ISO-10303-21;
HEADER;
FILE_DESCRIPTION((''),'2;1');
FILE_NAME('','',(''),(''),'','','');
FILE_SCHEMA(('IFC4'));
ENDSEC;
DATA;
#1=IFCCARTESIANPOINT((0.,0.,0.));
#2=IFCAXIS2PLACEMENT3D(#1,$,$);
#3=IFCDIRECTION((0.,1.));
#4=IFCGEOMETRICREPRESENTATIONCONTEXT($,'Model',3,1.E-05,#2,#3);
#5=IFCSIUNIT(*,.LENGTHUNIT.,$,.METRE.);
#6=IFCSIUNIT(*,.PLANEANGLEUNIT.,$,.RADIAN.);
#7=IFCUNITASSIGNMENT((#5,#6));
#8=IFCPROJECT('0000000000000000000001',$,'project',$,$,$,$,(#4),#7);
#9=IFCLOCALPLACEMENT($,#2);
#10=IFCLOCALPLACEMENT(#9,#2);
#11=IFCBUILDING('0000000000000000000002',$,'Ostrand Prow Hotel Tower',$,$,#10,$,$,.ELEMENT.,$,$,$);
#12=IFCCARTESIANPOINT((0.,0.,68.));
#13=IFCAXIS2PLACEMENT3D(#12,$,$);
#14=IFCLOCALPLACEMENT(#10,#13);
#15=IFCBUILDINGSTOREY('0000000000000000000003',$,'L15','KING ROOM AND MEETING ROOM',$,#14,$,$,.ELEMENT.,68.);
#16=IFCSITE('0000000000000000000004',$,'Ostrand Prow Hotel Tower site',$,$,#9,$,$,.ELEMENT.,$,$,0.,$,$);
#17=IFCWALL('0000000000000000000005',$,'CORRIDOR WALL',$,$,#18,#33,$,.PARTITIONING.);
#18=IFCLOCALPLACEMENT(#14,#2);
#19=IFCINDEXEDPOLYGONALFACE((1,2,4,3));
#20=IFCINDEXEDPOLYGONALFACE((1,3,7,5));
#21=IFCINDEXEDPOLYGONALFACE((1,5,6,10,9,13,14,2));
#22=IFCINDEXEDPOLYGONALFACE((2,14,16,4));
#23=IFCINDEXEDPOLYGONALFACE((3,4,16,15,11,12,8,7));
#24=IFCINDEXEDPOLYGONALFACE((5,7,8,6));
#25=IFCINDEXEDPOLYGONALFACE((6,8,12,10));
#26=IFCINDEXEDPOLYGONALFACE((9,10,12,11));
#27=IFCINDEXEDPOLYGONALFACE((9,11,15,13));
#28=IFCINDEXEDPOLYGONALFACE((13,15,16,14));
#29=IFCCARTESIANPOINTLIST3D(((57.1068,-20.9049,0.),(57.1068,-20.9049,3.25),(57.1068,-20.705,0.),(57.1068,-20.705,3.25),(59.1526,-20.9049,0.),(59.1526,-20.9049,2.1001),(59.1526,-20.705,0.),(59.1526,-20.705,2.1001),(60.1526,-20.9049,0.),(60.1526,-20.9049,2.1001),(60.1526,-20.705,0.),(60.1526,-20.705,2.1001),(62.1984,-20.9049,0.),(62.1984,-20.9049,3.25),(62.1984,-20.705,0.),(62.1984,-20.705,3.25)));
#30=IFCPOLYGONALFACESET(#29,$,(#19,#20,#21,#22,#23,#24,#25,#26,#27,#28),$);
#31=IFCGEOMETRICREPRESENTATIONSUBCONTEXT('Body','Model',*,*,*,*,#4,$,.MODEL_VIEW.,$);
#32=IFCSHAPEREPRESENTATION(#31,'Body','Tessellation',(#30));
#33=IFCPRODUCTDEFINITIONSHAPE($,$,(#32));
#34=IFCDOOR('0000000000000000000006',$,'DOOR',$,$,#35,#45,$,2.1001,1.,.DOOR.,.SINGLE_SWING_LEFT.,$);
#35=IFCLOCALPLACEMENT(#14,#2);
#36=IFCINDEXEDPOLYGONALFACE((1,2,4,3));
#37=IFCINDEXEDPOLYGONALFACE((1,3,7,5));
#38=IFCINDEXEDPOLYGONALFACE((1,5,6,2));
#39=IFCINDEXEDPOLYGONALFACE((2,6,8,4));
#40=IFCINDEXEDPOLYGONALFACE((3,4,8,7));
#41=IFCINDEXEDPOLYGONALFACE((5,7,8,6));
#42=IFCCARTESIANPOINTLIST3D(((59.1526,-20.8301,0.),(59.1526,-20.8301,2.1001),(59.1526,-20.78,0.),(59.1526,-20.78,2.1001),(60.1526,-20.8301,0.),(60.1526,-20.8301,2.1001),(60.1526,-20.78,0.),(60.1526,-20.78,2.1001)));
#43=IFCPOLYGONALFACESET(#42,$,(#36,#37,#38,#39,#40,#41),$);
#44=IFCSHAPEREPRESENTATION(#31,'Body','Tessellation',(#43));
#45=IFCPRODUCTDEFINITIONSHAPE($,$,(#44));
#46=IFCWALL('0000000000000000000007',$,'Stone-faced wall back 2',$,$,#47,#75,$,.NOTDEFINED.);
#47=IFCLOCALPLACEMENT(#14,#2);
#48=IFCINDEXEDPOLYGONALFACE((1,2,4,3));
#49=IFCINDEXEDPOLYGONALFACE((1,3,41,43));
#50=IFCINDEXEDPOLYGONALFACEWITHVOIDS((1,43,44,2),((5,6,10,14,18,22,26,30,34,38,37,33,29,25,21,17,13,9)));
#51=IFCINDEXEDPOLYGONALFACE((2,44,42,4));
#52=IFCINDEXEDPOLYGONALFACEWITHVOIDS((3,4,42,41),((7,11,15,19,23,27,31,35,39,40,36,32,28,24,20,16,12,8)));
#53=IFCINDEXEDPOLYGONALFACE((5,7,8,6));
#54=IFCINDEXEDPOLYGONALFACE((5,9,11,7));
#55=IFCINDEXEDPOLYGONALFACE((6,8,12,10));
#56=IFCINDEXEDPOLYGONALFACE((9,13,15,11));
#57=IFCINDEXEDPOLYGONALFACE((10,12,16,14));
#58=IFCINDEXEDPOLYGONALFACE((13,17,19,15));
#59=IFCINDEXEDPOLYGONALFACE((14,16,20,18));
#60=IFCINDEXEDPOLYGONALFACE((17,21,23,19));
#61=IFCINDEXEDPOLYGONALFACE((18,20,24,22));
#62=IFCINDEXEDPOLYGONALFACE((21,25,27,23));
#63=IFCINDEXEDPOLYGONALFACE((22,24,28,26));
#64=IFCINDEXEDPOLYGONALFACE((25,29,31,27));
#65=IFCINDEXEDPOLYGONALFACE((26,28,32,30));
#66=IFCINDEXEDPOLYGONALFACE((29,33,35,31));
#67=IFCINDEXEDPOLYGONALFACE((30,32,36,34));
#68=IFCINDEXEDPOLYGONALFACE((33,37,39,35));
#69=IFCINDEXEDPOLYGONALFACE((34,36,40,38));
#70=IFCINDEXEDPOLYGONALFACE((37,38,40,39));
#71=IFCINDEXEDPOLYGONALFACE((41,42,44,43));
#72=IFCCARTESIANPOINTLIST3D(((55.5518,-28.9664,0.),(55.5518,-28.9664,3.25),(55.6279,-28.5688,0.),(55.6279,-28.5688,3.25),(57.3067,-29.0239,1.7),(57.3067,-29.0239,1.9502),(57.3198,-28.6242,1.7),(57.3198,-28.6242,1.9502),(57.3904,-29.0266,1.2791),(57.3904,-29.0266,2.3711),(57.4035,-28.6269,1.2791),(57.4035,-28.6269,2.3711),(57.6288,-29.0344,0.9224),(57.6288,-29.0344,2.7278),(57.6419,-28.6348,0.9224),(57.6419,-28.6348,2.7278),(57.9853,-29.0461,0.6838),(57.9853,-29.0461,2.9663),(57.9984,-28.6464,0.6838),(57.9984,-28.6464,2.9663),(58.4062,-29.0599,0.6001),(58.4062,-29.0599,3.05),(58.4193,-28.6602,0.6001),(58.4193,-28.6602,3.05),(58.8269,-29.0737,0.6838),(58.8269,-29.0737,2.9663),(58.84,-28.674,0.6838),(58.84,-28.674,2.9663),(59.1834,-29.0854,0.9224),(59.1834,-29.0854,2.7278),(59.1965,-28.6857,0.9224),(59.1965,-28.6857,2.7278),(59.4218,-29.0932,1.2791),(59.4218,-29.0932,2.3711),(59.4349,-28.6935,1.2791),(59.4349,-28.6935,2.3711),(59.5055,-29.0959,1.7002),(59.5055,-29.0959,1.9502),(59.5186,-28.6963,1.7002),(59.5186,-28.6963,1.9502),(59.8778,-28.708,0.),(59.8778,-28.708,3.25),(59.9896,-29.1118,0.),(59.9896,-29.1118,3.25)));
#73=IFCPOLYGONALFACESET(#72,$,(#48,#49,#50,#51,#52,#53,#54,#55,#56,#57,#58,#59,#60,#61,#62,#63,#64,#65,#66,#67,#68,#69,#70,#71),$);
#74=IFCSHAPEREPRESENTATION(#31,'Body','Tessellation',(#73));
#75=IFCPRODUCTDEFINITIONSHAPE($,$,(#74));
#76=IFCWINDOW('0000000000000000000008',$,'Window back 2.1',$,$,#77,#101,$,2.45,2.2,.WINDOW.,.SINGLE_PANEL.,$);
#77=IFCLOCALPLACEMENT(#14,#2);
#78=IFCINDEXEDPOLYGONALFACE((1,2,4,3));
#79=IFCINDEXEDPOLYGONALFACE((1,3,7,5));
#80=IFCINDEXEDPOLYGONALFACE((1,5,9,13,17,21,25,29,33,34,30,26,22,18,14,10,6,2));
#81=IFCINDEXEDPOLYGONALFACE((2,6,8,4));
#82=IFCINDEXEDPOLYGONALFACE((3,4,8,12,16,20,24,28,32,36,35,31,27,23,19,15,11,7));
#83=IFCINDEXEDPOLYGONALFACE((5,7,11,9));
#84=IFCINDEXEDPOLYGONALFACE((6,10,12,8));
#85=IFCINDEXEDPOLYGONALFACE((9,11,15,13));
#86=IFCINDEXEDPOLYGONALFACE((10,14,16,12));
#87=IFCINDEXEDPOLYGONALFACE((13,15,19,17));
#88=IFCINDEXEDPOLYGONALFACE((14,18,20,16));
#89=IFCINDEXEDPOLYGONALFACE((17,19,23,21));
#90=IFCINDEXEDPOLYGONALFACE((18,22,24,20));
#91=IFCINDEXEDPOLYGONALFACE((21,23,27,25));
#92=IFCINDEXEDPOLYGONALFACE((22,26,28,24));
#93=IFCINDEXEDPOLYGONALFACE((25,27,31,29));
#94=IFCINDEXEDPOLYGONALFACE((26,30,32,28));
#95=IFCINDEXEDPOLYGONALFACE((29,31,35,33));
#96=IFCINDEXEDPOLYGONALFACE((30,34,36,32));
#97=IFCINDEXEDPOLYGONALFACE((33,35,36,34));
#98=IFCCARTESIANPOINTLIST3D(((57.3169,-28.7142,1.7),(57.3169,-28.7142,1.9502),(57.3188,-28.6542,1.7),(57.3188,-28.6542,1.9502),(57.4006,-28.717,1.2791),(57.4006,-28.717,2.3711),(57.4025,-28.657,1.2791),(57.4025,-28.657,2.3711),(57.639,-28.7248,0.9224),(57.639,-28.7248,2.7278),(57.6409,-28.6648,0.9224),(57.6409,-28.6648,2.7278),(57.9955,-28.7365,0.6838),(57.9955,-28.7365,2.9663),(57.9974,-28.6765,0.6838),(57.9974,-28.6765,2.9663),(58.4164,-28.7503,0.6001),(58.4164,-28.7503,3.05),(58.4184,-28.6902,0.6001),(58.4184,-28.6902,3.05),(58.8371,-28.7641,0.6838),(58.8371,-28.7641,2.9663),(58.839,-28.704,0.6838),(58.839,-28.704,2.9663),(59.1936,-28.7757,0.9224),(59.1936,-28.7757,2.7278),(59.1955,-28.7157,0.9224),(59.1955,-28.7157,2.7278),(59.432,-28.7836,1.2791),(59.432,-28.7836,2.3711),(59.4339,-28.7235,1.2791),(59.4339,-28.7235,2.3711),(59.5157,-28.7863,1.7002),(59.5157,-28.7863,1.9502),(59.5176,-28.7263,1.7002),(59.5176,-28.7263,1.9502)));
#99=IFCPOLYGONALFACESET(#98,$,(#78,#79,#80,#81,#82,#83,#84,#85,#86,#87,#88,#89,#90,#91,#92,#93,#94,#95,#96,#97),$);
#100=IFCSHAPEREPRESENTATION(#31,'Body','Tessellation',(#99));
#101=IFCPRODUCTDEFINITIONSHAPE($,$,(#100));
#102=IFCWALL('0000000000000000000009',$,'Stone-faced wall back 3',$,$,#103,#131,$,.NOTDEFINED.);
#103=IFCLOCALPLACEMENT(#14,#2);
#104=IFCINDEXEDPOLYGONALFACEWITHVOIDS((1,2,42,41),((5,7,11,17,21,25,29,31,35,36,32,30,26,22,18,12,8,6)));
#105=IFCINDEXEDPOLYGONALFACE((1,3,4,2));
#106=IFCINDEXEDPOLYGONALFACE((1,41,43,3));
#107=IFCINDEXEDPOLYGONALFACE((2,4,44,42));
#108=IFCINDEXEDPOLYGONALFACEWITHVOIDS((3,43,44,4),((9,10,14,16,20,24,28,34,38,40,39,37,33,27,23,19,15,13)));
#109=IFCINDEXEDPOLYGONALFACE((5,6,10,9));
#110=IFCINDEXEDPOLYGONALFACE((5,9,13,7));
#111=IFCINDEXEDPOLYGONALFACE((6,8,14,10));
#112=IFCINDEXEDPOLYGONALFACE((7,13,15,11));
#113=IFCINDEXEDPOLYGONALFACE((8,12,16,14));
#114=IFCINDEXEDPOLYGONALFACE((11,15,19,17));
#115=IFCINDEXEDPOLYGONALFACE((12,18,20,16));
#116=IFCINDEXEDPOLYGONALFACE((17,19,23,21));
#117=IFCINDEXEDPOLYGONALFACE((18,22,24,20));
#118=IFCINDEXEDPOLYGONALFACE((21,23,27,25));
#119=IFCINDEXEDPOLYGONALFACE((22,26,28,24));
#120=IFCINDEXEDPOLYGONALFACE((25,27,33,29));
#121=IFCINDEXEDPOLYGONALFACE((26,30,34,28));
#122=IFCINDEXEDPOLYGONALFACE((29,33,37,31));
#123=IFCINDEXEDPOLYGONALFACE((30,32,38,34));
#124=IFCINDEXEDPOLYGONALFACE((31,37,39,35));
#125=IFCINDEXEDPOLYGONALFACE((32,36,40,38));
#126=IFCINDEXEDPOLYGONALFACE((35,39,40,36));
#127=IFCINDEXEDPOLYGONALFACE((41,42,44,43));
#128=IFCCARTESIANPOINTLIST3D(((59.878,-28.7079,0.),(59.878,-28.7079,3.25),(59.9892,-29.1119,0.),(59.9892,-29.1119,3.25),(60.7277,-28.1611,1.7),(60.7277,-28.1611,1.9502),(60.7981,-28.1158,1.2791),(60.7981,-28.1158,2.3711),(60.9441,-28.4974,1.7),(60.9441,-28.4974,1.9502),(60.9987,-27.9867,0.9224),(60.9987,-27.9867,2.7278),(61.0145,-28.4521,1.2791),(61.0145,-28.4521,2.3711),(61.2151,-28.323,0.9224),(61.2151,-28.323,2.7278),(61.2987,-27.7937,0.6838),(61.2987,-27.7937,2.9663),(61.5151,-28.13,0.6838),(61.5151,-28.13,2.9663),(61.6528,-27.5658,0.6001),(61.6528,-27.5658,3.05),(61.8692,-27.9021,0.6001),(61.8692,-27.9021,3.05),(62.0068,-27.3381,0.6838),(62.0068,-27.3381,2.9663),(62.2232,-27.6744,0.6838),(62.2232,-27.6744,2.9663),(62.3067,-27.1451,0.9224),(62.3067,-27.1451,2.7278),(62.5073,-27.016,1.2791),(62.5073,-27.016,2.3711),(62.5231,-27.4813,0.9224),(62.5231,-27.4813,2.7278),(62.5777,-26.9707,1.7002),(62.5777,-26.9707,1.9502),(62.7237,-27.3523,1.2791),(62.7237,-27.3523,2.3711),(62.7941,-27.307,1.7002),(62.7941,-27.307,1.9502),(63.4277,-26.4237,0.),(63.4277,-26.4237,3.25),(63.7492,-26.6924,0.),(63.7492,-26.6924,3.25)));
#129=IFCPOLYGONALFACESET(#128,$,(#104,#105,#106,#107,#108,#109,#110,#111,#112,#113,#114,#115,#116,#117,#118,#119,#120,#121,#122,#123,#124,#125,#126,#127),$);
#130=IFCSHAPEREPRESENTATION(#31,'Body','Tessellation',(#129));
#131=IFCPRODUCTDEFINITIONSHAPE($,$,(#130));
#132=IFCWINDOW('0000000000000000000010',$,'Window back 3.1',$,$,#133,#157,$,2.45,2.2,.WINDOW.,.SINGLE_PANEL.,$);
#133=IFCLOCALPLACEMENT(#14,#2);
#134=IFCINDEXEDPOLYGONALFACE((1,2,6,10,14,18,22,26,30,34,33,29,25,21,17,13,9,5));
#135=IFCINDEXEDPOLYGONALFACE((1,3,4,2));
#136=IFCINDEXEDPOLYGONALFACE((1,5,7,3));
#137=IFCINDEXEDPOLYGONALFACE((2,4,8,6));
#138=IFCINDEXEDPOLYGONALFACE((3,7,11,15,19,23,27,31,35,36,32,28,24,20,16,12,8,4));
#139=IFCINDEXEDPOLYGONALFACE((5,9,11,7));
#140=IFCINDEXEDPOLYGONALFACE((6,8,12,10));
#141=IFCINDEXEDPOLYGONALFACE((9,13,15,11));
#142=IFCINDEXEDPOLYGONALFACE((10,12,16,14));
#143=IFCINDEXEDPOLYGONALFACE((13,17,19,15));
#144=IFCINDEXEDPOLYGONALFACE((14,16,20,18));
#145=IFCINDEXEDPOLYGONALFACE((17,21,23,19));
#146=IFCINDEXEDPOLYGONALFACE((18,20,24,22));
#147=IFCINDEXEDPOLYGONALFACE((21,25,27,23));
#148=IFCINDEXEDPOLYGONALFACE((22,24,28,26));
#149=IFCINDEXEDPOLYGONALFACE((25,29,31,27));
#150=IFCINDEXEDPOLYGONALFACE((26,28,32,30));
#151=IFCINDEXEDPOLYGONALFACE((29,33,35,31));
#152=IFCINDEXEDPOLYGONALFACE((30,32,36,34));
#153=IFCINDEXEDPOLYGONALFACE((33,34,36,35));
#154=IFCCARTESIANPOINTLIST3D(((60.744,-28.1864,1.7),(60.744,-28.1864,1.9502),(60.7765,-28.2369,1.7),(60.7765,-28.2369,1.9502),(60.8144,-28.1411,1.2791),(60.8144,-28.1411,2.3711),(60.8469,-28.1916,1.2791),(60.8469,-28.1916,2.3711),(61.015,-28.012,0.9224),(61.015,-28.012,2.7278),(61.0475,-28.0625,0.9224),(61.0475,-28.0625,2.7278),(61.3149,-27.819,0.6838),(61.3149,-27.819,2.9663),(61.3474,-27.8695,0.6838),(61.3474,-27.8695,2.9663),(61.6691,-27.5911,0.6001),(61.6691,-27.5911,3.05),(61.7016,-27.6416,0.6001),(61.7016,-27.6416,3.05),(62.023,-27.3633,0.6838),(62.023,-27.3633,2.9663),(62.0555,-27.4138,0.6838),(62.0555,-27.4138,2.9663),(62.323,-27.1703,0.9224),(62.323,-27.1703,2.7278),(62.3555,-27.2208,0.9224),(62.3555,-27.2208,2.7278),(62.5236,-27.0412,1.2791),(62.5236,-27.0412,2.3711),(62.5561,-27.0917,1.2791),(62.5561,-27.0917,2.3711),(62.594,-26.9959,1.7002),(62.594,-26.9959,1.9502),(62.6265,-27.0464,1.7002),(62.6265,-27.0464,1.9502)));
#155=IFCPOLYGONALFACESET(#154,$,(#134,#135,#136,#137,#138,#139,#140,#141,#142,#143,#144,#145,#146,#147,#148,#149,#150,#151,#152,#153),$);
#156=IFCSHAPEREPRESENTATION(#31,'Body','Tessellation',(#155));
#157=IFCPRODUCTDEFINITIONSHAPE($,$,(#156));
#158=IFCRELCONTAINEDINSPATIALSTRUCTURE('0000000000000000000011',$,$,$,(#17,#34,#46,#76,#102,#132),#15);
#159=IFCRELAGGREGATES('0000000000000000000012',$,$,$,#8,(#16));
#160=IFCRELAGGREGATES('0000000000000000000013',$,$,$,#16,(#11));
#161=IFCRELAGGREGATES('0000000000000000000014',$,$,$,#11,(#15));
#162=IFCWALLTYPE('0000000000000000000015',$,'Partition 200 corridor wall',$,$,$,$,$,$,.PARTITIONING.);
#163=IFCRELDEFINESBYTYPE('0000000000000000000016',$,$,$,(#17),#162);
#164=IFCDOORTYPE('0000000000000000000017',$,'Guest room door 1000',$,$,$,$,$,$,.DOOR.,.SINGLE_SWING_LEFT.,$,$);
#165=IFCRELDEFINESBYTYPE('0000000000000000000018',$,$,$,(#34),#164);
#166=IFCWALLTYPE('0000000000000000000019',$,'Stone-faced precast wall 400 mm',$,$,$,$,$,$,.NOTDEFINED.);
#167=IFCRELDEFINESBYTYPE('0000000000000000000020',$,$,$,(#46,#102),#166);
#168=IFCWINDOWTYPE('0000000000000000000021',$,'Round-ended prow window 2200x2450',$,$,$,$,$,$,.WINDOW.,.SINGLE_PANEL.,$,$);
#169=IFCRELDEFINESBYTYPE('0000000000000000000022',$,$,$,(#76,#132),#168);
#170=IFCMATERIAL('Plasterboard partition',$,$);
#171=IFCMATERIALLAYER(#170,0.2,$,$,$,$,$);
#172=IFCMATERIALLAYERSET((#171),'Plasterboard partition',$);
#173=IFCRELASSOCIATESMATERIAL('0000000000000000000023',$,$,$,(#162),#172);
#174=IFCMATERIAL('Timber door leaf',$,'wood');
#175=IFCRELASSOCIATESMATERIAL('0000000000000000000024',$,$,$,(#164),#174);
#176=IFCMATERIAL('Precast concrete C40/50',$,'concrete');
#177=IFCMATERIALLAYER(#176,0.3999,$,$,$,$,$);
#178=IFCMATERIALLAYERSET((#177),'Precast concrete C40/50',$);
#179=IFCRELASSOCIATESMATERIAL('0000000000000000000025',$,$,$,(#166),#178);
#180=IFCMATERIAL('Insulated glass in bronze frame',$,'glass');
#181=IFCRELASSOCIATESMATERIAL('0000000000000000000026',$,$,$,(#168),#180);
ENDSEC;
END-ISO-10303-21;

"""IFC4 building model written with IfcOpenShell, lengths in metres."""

from ifc_helpers import new_model, si_unit, direction, frame, frame_2d, origin, place, context, subcontext, project, spatial, polyline, rectangle, outline, extrude, material, layer, layer_set, type_object, element, fill, save


model = new_model("IFC4")

# Units and contexts
model_context = context("Model", 3, precision=1e-05, world=origin(), true_north=direction((0.0, 1.0)))
body_context = subcontext(model_context, "Body", "Model", "MODEL_VIEW")
ifc_project = project(units=[si_unit("LENGTHUNIT", "METRE"), si_unit("PLANEANGLEUNIT", "RADIAN")], contexts=[model_context])

# Site, building, storey
site_placement = place(None, origin())
site = spatial("IfcSite", under=ifc_project, at=site_placement, Name="Ostrand Prow Hotel Tower site", CompositionType="ELEMENT", RefElevation=0.0)
building_placement = place(site_placement, origin())
building = spatial("IfcBuilding", under=site, at=building_placement, Name="Ostrand Prow Hotel Tower", CompositionType="ELEMENT")
storey_placement = place(building_placement, frame((0.0, 0.0, 68.0)))
storey = spatial("IfcBuildingStorey", under=building, at=storey_placement, Name="L15", Description="KING ROOM AND MEETING ROOM", CompositionType="ELEMENT", Elevation=68.0)

# Wall, opening, door
ifc_material_1 = material(Name="Plasterboard partition")
ifc_layer_1 = layer(ifc_material_1, 0.2)
ifc_layer_set_1 = layer_set([ifc_layer_1], Name="Plasterboard partition")
wall_type_1 = type_object("IfcWallType", Name="Partition 200 corridor wall", PredefinedType="PARTITIONING", material=ifc_layer_set_1)
wall_1_placement = place(storey_placement, frame((57.1067, -20.8049, 0.0), z_axis=(0.0, 0.0, 1.0), x_axis=(1.0, 0.0, 0.0)))
wall_1 = element("IfcWall", 1, at=wall_1_placement, inside=storey, type_object=wall_type_1, Name="CORRIDOR WALL", PredefinedType="PARTITIONING", context=body_context, shape_type="SweptSolid", body=[
    extrude(rectangle(XDim=5.0916, YDim=0.2, at=frame_2d((2.5459, 0.0))), origin(), (0.0, 0.0, 1.0), 3.25),
])
opening_1_placement = place(wall_1_placement, frame((2.0459, 0.0, 0.0)))
opening_1 = element("IfcOpeningElement", 2, at=opening_1_placement, cuts=wall_1, PredefinedType="OPENING", context=body_context, shape_type="SweptSolid", body=[
    extrude(rectangle(XDim=1.0, YDim=2.1001, at=frame_2d((0.5, 1.05))), frame((0.0, 0.1099, 0.0), z_axis=(0.0, -1.0, 0.0), x_axis=(1.0, 0.0, 0.0)), (0.0, 0.0, 1.0), 0.22),
])
ifc_material_2 = material(Name="Timber door leaf", Category="wood")
door_type_1 = type_object("IfcDoorType", Name="Guest room door 1000", OperationType="SINGLE_SWING_LEFT", PredefinedType="DOOR", material=ifc_material_2)
door_1_placement = place(opening_1_placement, origin())
door_1 = element("IfcDoor", 3, at=door_1_placement, inside=storey, type_object=door_type_1, Name="DOOR", OperationType="SINGLE_SWING_LEFT", OverallHeight=2.1001, OverallWidth=1.0, PredefinedType="DOOR", context=body_context, shape_type="SweptSolid", body=[
    extrude(rectangle(XDim=1.0, YDim=2.1001, at=frame_2d((0.5, 1.05))), frame((0.0, 0.0249, 0.0), z_axis=(0.0, -1.0, 0.0), x_axis=(1.0, 0.0, 0.0)), (0.0, 0.0, 1.0), 0.05),
])
fill(opening_1, door_1)

# Walls, openings, windows
ifc_material_3 = material(Name="Precast concrete C40/50", Category="concrete")
ifc_layer_2 = layer(ifc_material_3, 0.3999)
ifc_layer_set_2 = layer_set([ifc_layer_2], Name="Precast concrete C40/50")
wall_type_2 = type_object("IfcWallType", Name="Stone-faced precast wall 400 mm", PredefinedType="NOTDEFINED", material=ifc_layer_set_2)
wall_2_placement = place(storey_placement, frame((55.5898, -28.7676, 0.0), z_axis=(0.0, 0.0, 1.0), x_axis=(0.999464, -0.03275, 0.0)))
wall_2 = element("IfcWall", 4, at=wall_2_placement, inside=storey, type_object=wall_type_2, Name="Stone-faced wall back 2", PredefinedType="NOTDEFINED", context=body_context, shape_type="SweptSolid", body=[
    extrude(outline(polyline([(-0.0315, -0.2), (4.4087, -0.2), (4.2837, 0.2), (0.0315, 0.2), (-0.0315, -0.2)])), origin(), (0.0, 0.0, 1.0), 3.25),
])
opening_2_placement = place(wall_2_placement, frame((1.7244, 0.0, 0.6001)))
opening_2 = element("IfcOpeningElement", 5, at=opening_2_placement, cuts=wall_2, PredefinedType="OPENING", context=body_context, shape_type="SweptSolid", body=[
    extrude(outline(polyline([(0.0, 1.3501), (0.0837, 1.771), (0.3223, 2.1277), (0.679, 2.3662), (1.1001, 2.45), (1.521, 2.3662), (1.8777, 2.1277), (2.1162, 1.771), (2.2, 1.3501), (2.2, 1.1001), (2.1162, 0.679), (1.8777, 0.3223), (1.521, 0.0837), (1.1001, 0.0), (0.679, 0.0837), (0.3223, 0.3223), (0.0837, 0.679), (0.0, 1.0999), (0.0, 1.3501)])), frame((0.0, 0.21, 0.0), z_axis=(0.0, -1.0, 0.0), x_axis=(1.0, 0.0, 0.0)), (0.0, 0.0, 1.0), 0.4199),
])
ifc_material_4 = material(Name="Insulated glass in bronze frame", Category="glass")
window_type_1 = type_object("IfcWindowType", Name="Round-ended prow window 2200x2450", PartitioningType="SINGLE_PANEL", PredefinedType="WINDOW", material=ifc_material_4)
window_1_placement = place(opening_2_placement, origin())
window_1 = element("IfcWindow", 6, at=window_1_placement, inside=storey, type_object=window_type_1, Name="Window back 2.1", OverallHeight=2.45, OverallWidth=2.2, PartitioningType="SINGLE_PANEL", PredefinedType="WINDOW", context=body_context, shape_type="SweptSolid", body=[
    extrude(outline(polyline([(0.0, 1.3501), (0.0837, 1.771), (0.3223, 2.1277), (0.679, 2.3662), (1.1001, 2.45), (1.521, 2.3662), (1.8777, 2.1277), (2.1162, 1.771), (2.2, 1.3501), (2.2, 1.1001), (2.1162, 0.679), (1.8777, 0.3223), (1.521, 0.0837), (1.1001, 0.0), (0.679, 0.0837), (0.3223, 0.3223), (0.0837, 0.679), (0.0, 1.0999), (0.0, 1.3501)])), frame((0.0, 0.1699, 0.0), z_axis=(0.0, -1.0, 0.0), x_axis=(1.0, 0.0, 0.0)), (0.0, 0.0, 1.0), 0.0601),
])
fill(opening_2, window_1)
wall_3_placement = place(storey_placement, frame((59.9336, -28.9099, 0.0), z_axis=(0.0, 0.0, 1.0), x_axis=(0.840937, 0.541132, 0.0)))
wall_3 = element("IfcWall", 7, at=wall_3_placement, inside=storey, type_object=wall_type_2, Name="Stone-faced wall back 3", PredefinedType="NOTDEFINED", context=body_context, shape_type="SweptSolid", body=[
    extrude(outline(polyline([(-0.0625, -0.2), (4.4087, -0.2), (4.2837, 0.2), (0.0625, 0.2), (-0.0625, -0.2)])), origin(), (0.0, 0.0, 1.0), 3.25),
])
opening_3_placement = place(wall_3_placement, frame((1.073, 0.0, 0.6001)))
opening_3 = element("IfcOpeningElement", 8, at=opening_3_placement, cuts=wall_3, PredefinedType="OPENING", context=body_context, shape_type="SweptSolid", body=[
    extrude(outline(polyline([(0.0, 1.3501), (0.0837, 1.771), (0.3223, 2.1277), (0.679, 2.3662), (1.1001, 2.45), (1.521, 2.3662), (1.8777, 2.1277), (2.1162, 1.771), (2.2, 1.3501), (2.2, 1.1001), (2.1162, 0.679), (1.8777, 0.3223), (1.521, 0.0837), (1.1001, 0.0), (0.679, 0.0837), (0.3223, 0.3223), (0.0837, 0.679), (0.0, 1.0999), (0.0, 1.3501)])), frame((0.0, 0.21, 0.0), z_axis=(0.0, -1.0, 0.0), x_axis=(1.0, 0.0, 0.0)), (0.0, 0.0, 1.0), 0.4199),
])
window_2_placement = place(opening_3_placement, origin())
window_2 = element("IfcWindow", 9, at=window_2_placement, inside=storey, type_object=window_type_1, Name="Window back 3.1", OverallHeight=2.45, OverallWidth=2.2, PartitioningType="SINGLE_PANEL", PredefinedType="WINDOW", context=body_context, shape_type="SweptSolid", body=[
    extrude(outline(polyline([(0.0, 1.3501), (0.0837, 1.771), (0.3223, 2.1277), (0.679, 2.3662), (1.1001, 2.45), (1.521, 2.3662), (1.8777, 2.1277), (2.1162, 1.771), (2.2, 1.3501), (2.2, 1.1001), (2.1162, 0.679), (1.8777, 0.3223), (1.521, 0.0837), (1.1001, 0.0), (0.679, 0.0837), (0.3223, 0.3223), (0.0837, 0.679), (0.0, 1.0999), (0.0, 1.3501)])), frame((0.0, 0.1699, 0.0), z_axis=(0.0, -1.0, 0.0), x_axis=(1.0, 0.0, 0.0)), (0.0, 0.0, 1.0), 0.0601),
])
fill(opening_3, window_2)

save(model, "model.ifc")
